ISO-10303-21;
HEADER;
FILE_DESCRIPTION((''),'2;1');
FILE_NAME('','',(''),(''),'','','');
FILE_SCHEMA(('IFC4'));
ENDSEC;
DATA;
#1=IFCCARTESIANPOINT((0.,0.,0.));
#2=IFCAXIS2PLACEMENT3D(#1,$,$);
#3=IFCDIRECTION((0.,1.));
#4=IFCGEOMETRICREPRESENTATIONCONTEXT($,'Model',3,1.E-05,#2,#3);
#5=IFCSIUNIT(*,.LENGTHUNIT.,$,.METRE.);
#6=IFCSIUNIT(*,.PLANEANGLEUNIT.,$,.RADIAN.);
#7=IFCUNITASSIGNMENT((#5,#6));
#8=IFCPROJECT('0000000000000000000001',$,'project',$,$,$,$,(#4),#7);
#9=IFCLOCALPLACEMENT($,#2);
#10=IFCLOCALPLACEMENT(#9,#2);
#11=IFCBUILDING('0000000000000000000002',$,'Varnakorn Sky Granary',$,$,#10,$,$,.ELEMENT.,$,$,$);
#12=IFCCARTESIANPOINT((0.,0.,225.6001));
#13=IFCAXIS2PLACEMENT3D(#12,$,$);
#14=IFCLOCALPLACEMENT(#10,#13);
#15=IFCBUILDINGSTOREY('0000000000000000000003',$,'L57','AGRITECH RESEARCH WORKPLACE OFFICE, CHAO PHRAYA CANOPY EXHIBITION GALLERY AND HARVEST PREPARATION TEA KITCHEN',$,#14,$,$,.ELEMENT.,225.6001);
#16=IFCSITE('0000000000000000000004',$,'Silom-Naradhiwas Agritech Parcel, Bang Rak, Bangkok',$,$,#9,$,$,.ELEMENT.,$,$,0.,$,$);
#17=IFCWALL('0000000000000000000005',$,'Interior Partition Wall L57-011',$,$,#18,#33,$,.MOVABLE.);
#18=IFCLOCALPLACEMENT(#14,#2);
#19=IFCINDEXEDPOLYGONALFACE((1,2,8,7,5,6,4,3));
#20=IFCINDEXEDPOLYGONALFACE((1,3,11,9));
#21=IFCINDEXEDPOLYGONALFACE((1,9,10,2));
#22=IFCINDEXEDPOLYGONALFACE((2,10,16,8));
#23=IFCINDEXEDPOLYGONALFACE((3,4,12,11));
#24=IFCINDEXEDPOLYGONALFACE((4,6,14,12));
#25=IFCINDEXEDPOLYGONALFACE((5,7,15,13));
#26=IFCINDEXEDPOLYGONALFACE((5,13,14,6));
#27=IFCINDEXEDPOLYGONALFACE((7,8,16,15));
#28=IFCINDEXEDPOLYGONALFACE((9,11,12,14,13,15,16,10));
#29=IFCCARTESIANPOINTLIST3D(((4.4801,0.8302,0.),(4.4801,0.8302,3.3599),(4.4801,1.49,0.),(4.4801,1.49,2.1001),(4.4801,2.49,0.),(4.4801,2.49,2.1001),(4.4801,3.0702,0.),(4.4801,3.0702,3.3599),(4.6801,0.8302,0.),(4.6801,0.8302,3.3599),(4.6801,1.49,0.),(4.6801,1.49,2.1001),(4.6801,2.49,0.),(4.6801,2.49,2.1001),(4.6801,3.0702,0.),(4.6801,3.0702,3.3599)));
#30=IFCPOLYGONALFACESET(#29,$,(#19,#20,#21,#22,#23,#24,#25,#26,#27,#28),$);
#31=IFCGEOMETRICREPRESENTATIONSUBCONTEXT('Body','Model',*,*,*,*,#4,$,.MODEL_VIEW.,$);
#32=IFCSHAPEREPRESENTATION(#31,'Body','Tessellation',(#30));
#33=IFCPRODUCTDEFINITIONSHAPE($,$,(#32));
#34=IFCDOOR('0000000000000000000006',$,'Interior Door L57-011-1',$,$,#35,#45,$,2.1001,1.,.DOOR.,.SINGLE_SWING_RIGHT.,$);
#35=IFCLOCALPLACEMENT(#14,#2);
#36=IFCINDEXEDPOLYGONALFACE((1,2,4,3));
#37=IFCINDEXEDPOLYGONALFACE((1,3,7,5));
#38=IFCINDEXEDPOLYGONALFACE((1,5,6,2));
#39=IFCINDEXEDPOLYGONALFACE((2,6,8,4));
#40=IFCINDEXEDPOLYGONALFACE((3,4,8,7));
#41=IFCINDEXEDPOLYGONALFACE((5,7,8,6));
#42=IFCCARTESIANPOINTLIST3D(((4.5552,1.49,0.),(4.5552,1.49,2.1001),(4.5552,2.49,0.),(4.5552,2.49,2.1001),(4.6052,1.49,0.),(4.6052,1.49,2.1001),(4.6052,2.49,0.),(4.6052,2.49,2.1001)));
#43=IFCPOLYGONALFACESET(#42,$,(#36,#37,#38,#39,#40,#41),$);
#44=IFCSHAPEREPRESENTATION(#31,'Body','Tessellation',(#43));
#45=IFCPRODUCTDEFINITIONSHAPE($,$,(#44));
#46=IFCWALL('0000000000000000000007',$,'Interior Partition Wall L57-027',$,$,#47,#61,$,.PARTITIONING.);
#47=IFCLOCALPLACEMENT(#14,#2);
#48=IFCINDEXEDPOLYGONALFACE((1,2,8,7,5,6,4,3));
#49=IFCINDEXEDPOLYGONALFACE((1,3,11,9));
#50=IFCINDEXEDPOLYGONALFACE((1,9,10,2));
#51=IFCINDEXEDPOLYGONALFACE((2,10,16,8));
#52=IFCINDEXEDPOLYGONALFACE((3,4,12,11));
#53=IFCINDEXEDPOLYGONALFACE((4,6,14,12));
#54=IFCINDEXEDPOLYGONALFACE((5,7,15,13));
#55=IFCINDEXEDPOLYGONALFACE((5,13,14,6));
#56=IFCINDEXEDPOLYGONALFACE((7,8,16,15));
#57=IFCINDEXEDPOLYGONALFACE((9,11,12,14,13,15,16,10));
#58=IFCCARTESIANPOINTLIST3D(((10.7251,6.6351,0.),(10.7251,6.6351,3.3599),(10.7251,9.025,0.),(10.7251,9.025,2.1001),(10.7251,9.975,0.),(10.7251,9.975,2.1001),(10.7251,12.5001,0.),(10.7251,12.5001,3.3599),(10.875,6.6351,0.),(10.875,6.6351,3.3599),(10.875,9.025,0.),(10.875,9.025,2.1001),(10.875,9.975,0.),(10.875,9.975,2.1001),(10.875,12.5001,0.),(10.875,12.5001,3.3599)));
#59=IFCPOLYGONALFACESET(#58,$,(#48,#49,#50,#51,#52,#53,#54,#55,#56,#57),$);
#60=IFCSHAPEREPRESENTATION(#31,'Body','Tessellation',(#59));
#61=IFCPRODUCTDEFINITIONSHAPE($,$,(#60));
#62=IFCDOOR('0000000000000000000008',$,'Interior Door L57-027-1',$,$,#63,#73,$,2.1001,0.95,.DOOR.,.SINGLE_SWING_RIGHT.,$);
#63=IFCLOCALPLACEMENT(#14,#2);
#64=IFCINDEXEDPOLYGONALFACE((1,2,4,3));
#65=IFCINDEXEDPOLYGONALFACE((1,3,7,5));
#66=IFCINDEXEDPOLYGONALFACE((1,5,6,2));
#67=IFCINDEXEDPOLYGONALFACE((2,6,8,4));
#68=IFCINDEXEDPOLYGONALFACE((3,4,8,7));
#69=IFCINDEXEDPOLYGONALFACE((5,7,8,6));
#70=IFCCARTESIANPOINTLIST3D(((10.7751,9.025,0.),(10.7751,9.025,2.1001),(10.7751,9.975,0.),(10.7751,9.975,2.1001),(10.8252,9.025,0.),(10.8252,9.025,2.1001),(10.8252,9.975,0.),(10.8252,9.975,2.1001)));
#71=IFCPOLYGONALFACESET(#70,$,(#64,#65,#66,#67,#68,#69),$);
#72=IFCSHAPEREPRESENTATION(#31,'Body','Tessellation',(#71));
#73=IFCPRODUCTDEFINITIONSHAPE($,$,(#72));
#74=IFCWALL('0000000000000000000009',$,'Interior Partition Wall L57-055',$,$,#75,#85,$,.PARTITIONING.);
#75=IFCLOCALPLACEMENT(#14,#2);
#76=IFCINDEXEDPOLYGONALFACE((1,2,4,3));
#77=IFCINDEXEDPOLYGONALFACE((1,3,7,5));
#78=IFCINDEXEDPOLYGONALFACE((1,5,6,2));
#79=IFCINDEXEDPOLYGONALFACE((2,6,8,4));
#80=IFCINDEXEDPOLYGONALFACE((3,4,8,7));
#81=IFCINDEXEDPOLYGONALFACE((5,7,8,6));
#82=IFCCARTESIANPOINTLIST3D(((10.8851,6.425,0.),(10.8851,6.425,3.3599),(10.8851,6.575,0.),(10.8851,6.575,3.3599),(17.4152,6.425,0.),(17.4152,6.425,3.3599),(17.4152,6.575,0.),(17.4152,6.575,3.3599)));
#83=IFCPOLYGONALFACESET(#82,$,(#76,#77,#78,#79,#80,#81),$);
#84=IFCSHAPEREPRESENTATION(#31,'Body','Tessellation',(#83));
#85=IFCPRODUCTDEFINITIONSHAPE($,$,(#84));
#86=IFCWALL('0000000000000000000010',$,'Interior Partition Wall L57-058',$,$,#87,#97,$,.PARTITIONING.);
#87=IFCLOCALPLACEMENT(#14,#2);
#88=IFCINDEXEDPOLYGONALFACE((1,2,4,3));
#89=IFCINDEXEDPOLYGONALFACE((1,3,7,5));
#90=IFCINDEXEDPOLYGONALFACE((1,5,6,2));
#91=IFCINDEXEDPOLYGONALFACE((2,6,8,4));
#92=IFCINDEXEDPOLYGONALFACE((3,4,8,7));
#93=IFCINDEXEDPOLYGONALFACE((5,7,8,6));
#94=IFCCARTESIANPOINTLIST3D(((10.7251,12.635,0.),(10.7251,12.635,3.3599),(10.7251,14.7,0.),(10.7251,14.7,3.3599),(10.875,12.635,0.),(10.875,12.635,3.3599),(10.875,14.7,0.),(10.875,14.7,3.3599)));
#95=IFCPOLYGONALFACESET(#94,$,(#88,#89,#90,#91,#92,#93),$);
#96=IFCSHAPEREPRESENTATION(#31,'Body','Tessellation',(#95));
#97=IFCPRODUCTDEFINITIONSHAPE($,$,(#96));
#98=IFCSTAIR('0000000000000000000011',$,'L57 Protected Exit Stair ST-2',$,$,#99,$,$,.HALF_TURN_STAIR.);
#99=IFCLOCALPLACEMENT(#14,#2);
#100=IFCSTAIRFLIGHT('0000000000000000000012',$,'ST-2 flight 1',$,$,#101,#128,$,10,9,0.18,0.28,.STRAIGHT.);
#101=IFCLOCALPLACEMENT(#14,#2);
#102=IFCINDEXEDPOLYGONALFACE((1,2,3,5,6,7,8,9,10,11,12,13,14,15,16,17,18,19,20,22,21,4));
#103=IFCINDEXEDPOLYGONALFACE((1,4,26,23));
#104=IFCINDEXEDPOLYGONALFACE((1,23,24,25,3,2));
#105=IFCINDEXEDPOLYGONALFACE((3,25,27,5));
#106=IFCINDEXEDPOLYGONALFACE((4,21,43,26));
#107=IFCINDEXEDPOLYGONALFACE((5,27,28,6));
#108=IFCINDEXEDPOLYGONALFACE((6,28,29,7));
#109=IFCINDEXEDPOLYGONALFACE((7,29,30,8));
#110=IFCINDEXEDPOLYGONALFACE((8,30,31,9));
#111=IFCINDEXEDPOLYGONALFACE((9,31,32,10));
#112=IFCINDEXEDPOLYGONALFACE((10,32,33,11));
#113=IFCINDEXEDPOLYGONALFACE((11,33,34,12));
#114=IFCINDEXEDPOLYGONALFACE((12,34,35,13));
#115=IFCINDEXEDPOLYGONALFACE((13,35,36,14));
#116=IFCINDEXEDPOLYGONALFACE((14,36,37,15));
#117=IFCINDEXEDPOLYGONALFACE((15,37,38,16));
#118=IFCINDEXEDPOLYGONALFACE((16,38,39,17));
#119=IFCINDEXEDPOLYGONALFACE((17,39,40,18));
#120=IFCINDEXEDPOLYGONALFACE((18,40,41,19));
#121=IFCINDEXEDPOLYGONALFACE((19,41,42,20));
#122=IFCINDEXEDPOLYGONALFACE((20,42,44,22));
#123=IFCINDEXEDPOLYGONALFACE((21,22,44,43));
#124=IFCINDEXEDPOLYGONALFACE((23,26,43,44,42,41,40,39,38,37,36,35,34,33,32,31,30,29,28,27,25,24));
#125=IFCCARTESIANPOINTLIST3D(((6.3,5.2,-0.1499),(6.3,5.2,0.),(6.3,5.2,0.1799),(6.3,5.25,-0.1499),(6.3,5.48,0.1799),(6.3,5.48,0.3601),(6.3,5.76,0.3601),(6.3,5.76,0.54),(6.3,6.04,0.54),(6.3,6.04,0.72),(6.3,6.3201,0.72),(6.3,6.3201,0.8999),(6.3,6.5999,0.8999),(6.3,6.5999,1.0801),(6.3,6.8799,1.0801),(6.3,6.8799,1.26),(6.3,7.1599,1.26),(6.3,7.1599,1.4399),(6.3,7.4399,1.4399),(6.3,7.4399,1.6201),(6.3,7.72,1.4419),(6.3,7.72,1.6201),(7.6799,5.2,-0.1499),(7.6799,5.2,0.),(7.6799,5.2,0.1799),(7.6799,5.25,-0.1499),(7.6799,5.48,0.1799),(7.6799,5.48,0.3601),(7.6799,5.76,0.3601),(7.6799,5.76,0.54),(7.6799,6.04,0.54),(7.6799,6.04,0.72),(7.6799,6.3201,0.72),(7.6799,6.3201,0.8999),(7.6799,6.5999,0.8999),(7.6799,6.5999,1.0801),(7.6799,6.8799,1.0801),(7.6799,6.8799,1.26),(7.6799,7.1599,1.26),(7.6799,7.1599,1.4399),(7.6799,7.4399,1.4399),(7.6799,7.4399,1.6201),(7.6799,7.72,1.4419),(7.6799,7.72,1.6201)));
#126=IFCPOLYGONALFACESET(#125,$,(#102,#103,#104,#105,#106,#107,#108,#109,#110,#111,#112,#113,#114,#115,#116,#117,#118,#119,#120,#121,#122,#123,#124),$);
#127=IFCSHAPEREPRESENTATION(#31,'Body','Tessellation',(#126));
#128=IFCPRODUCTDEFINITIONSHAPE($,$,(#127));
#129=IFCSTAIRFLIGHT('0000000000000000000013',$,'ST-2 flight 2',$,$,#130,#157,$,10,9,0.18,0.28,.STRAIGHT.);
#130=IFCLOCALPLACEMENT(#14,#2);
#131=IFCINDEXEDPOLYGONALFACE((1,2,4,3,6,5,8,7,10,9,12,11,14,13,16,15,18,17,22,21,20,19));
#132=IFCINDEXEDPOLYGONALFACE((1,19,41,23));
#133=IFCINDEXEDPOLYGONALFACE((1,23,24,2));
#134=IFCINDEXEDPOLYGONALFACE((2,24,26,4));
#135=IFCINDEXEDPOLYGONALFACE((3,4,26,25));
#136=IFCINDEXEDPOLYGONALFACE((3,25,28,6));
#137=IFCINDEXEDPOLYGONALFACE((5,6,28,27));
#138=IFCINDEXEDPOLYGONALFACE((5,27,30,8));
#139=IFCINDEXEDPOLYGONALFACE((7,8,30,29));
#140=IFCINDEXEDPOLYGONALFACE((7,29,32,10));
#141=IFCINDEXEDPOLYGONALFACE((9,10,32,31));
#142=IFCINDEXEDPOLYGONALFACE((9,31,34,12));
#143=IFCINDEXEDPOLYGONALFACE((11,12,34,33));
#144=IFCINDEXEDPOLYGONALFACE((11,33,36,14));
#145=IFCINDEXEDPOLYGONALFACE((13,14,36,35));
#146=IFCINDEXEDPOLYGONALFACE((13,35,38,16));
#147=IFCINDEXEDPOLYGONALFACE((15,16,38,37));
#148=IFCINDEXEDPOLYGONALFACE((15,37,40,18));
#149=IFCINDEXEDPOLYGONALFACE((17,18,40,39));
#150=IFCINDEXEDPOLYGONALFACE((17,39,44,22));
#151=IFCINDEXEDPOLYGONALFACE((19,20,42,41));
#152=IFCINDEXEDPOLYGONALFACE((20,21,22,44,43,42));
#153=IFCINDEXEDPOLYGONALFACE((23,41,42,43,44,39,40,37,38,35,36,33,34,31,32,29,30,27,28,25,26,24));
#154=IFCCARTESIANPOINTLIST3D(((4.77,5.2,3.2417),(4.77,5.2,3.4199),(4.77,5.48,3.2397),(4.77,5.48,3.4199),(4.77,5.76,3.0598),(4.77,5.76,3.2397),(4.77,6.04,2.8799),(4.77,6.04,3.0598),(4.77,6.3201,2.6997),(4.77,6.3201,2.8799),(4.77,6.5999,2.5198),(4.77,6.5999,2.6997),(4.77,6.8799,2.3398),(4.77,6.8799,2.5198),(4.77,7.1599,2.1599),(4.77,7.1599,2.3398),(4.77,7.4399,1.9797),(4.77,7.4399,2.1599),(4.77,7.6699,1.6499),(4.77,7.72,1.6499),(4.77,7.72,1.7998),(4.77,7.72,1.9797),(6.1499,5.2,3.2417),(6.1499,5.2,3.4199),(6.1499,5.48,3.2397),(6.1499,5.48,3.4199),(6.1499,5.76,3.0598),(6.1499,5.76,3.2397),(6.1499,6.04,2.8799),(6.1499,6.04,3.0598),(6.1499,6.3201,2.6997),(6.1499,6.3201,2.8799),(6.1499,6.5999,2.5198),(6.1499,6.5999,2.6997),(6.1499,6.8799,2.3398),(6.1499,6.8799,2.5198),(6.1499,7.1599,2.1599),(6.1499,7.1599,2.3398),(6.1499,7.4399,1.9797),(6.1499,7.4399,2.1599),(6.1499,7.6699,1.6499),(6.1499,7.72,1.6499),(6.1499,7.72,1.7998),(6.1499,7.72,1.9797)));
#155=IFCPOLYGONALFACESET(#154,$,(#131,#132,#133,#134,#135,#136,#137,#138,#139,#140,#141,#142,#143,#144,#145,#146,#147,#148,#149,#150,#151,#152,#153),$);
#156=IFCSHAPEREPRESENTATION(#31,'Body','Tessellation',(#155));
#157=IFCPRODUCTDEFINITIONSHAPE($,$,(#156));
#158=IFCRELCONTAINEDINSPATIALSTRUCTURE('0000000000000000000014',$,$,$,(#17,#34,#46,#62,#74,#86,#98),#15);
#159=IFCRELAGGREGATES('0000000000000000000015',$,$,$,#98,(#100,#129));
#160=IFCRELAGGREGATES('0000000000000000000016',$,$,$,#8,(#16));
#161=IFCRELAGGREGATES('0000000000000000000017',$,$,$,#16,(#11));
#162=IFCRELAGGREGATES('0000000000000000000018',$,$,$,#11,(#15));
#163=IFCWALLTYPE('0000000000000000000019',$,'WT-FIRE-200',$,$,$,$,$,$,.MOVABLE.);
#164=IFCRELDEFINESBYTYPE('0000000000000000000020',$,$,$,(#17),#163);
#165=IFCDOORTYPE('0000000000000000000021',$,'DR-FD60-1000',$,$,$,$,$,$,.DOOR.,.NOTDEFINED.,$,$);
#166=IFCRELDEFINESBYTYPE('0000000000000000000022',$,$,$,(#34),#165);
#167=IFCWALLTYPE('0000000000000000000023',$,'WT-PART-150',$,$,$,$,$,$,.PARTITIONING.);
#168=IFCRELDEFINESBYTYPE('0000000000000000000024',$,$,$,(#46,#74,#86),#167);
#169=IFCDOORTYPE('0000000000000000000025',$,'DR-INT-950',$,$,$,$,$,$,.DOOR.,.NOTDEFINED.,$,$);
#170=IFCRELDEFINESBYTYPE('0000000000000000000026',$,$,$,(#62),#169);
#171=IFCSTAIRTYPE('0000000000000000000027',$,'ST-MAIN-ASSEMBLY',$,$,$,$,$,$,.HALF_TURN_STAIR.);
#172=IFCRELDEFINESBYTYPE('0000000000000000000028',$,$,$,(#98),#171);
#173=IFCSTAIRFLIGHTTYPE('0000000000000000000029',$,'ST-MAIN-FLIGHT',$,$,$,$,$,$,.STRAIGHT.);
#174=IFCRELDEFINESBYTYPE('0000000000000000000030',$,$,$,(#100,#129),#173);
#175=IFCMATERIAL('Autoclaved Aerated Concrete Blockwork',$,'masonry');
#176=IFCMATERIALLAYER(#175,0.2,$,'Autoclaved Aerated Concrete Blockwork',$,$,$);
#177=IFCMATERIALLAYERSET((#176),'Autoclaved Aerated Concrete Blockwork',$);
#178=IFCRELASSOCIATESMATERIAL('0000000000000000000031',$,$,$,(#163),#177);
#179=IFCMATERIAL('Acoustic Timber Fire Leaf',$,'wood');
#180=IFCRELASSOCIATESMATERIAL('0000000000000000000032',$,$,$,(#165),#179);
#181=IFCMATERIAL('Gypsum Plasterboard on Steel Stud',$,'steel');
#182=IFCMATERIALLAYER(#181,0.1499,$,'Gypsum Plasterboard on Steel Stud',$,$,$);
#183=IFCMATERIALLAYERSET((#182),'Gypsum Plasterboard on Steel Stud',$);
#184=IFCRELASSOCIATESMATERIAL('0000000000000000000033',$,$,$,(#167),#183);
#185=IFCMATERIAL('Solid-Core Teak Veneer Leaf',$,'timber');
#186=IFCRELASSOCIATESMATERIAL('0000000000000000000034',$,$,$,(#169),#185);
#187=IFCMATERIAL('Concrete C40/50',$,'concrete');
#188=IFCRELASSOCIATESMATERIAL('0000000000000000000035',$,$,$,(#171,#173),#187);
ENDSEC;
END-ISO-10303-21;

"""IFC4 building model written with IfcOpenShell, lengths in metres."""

from ifc_helpers import new_model, si_unit, direction, frame, frame_2d, origin, place, context, subcontext, project, spatial, polyline, rectangle, outline, extrude, material, layer, layer_set, type_object, element, fill, aggregate, save


model = new_model("IFC4")

# Units and contexts
model_context = context("Model", 3, precision=1e-05, world=origin(), true_north=direction((0.0, 1.0)))
body_context = subcontext(model_context, "Body", "Model", "MODEL_VIEW")
ifc_project = project(units=[si_unit("LENGTHUNIT", "METRE"), si_unit("PLANEANGLEUNIT", "RADIAN")], contexts=[model_context])

# Site, building, storey
site_placement = place(None, origin())
site = spatial("IfcSite", under=ifc_project, at=site_placement, Name="Silom-Naradhiwas Agritech Parcel, Bang Rak, Bangkok", CompositionType="ELEMENT", RefElevation=0.0)
building_placement = place(site_placement, origin())
building = spatial("IfcBuilding", under=site, at=building_placement, Name="Varnakorn Sky Granary", CompositionType="ELEMENT")
storey_placement = place(building_placement, frame((0.0, 0.0, 225.6001)))
storey = spatial("IfcBuildingStorey", under=building, at=storey_placement, Name="L57", Description="AGRITECH RESEARCH WORKPLACE OFFICE, CHAO PHRAYA CANOPY EXHIBITION GALLERY AND HARVEST PREPARATION TEA KITCHEN", CompositionType="ELEMENT", Elevation=225.6001)

# Walls, openings, doors
ifc_material_1 = material(Name="Autoclaved Aerated Concrete Blockwork", Category="masonry")
ifc_layer_1 = layer(ifc_material_1, 0.2, Name="Autoclaved Aerated Concrete Blockwork")
ifc_layer_set_1 = layer_set([ifc_layer_1], Name="Autoclaved Aerated Concrete Blockwork")
wall_type_1 = type_object("IfcWallType", Name="WT-FIRE-200", PredefinedType="MOVABLE", material=ifc_layer_set_1)
wall_1_placement = place(storey_placement, frame((4.5801, 0.8301, 0.0), z_axis=(0.0, 0.0, 1.0), x_axis=(0.0, 1.0, 0.0)))
wall_1 = element("IfcWall", 1, at=wall_1_placement, inside=storey, type_object=wall_type_1, Name="Interior Partition Wall L57-011", PredefinedType="MOVABLE", context=body_context, shape_type="SweptSolid", body=[
    extrude(rectangle(XDim=2.24, YDim=0.2, at=frame_2d((1.1201, 0.0))), origin(), (0.0, 0.0, 1.0), 3.3599),
])
opening_1_placement = place(wall_1_placement, frame((0.6599, 0.0, 0.0)))
opening_1 = element("IfcOpeningElement", 2, at=opening_1_placement, cuts=wall_1, PredefinedType="OPENING", context=body_context, shape_type="SweptSolid", body=[
    extrude(rectangle(XDim=1.0, YDim=2.1001, at=frame_2d((0.5, 1.05))), frame((0.0, 0.1099, 0.0), z_axis=(0.0, -1.0, 0.0), x_axis=(1.0, 0.0, 0.0)), (0.0, 0.0, 1.0), 0.22),
])
ifc_material_2 = material(Name="Acoustic Timber Fire Leaf", Category="wood")
door_type_1 = type_object("IfcDoorType", Name="DR-FD60-1000", OperationType="NOTDEFINED", PredefinedType="DOOR", material=ifc_material_2)
door_1_placement = place(opening_1_placement, origin())
door_1 = element("IfcDoor", 3, at=door_1_placement, inside=storey, type_object=door_type_1, Name="Interior Door L57-011-1", OperationType="SINGLE_SWING_RIGHT", OverallHeight=2.1001, OverallWidth=1.0, PredefinedType="DOOR", context=body_context, shape_type="SweptSolid", body=[
    extrude(rectangle(XDim=1.0, YDim=2.1001, at=frame_2d((0.5, 1.05))), frame((0.0, 0.0249, 0.0), z_axis=(0.0, -1.0, 0.0), x_axis=(1.0, 0.0, 0.0)), (0.0, 0.0, 1.0), 0.05),
])
fill(opening_1, door_1)
ifc_material_3 = material(Name="Gypsum Plasterboard on Steel Stud", Category="steel")
ifc_layer_2 = layer(ifc_material_3, 0.1499, Name="Gypsum Plasterboard on Steel Stud")
ifc_layer_set_2 = layer_set([ifc_layer_2], Name="Gypsum Plasterboard on Steel Stud")
wall_type_2 = type_object("IfcWallType", Name="WT-PART-150", PredefinedType="PARTITIONING", material=ifc_layer_set_2)
wall_2_placement = place(storey_placement, frame((10.8, 6.635, 0.0), z_axis=(0.0, 0.0, 1.0), x_axis=(0.0, 1.0, 0.0)))
wall_2 = element("IfcWall", 4, at=wall_2_placement, inside=storey, type_object=wall_type_2, Name="Interior Partition Wall L57-027", PredefinedType="PARTITIONING", context=body_context, shape_type="SweptSolid", body=[
    extrude(rectangle(XDim=5.865, YDim=0.1499, at=frame_2d((2.9326, 0.0))), origin(), (0.0, 0.0, 1.0), 3.3599),
])
opening_2_placement = place(wall_2_placement, frame((2.3899, 0.0, 0.0)))
opening_2 = element("IfcOpeningElement", 5, at=opening_2_placement, cuts=wall_2, PredefinedType="OPENING", context=body_context, shape_type="SweptSolid", body=[
    extrude(rectangle(XDim=0.95, YDim=2.1001, at=frame_2d((0.4751, 1.05))), frame((0.0, 0.085, 0.0), z_axis=(0.0, -1.0, 0.0), x_axis=(1.0, 0.0, 0.0)), (0.0, 0.0, 1.0), 0.1699),
])
ifc_material_4 = material(Name="Solid-Core Teak Veneer Leaf", Category="timber")
door_type_2 = type_object("IfcDoorType", Name="DR-INT-950", OperationType="NOTDEFINED", PredefinedType="DOOR", material=ifc_material_4)
door_2_placement = place(opening_2_placement, origin())
door_2 = element("IfcDoor", 6, at=door_2_placement, inside=storey, type_object=door_type_2, Name="Interior Door L57-027-1", OperationType="SINGLE_SWING_RIGHT", OverallHeight=2.1001, OverallWidth=0.95, PredefinedType="DOOR", context=body_context, shape_type="SweptSolid", body=[
    extrude(rectangle(XDim=0.95, YDim=2.1001, at=frame_2d((0.4751, 1.05))), frame((0.0, 0.0249, 0.0), z_axis=(0.0, -1.0, 0.0), x_axis=(1.0, 0.0, 0.0)), (0.0, 0.0, 1.0), 0.05),
])
fill(opening_2, door_2)

# Walls
wall_3_placement = place(storey_placement, frame((10.885, 6.5, 0.0), z_axis=(0.0, 0.0, 1.0), x_axis=(1.0, 0.0, 0.0)))
element("IfcWall", 7, at=wall_3_placement, inside=storey, type_object=wall_type_2, Name="Interior Partition Wall L57-055", PredefinedType="PARTITIONING", context=body_context, shape_type="SweptSolid", body=[
    extrude(rectangle(XDim=6.53, YDim=0.1499, at=frame_2d((3.2651, 0.0))), origin(), (0.0, 0.0, 1.0), 3.3599),
])
wall_4_placement = place(storey_placement, frame((10.8, 12.635, 0.0), z_axis=(0.0, 0.0, 1.0), x_axis=(0.0, 1.0, 0.0)))
element("IfcWall", 8, at=wall_4_placement, inside=storey, type_object=wall_type_2, Name="Interior Partition Wall L57-058", PredefinedType="PARTITIONING", context=body_context, shape_type="SweptSolid", body=[
    extrude(rectangle(XDim=2.0649, YDim=0.1499, at=frame_2d((1.0325, 0.0))), origin(), (0.0, 0.0, 1.0), 3.3599),
])

# Stair, stair flights
ifc_material_5 = material(Name="Concrete C40/50", Category="concrete")
stair_type = type_object("IfcStairType", Name="ST-MAIN-ASSEMBLY", PredefinedType="HALF_TURN_STAIR", material=ifc_material_5)
stair_placement = place(storey_placement, origin())
stair = element("IfcStair", 9, at=stair_placement, inside=storey, type_object=stair_type, Name="L57 Protected Exit Stair ST-2", PredefinedType="HALF_TURN_STAIR")
stair_flight_type = type_object("IfcStairFlightType", Name="ST-MAIN-FLIGHT", PredefinedType="STRAIGHT", material=ifc_material_5)
stair_flight_1_placement = place(storey_placement, frame((6.99, 5.2, 0.0), z_axis=(0.0, 0.0, 1.0), x_axis=(0.0, 1.0, 0.0)))
stair_flight_1 = element("IfcStairFlight", 10, at=stair_flight_1_placement, type_object=stair_flight_type, Name="ST-2 flight 1", NumberOfRisers=10, NumberOfTreads=9, PredefinedType="STRAIGHT", RiserHeight=0.18, TreadLength=0.28, context=body_context, shape_type="SweptSolid", body=[
    extrude(outline(polyline([(0.0, -0.1499), (0.0, 0.0), (0.0, 0.1799), (0.28, 0.1799), (0.28, 0.3601), (0.5601, 0.3601), (0.5601, 0.54), (0.8401, 0.54), (0.8401, 0.72), (1.1201, 0.72), (1.1201, 0.8999), (1.3999, 0.8999), (1.3999, 1.0801), (1.6799, 1.0801), (1.6799, 1.26), (1.96, 1.26), (1.96, 1.4399), (2.24, 1.4399), (2.24, 1.6201), (2.52, 1.6201), (2.52, 1.8), (2.52, 1.4419), (0.05, -0.1499), (0.0, -0.1499)])), frame((0.0, 0.6899, 0.0), z_axis=(0.0, -1.0, 0.0), x_axis=(1.0, 0.0, 0.0)), (0.0, 0.0, 1.0), 1.3799),
])
stair_flight_2_placement = place(storey_placement, frame((5.46, 7.72, 1.7998), z_axis=(0.0, 0.0, 1.0), x_axis=(0.0, -1.0, 0.0)))
stair_flight_2 = element("IfcStairFlight", 11, at=stair_flight_2_placement, type_object=stair_flight_type, Name="ST-2 flight 2", NumberOfRisers=10, NumberOfTreads=9, PredefinedType="STRAIGHT", RiserHeight=0.18, TreadLength=0.28, context=body_context, shape_type="SweptSolid", body=[
    extrude(outline(polyline([(0.0, -0.1499), (0.0, 0.0), (0.0, 0.1799), (0.28, 0.1799), (0.28, 0.3601), (0.5601, 0.3601), (0.5601, 0.54), (0.8401, 0.54), (0.8401, 0.72), (1.1201, 0.72), (1.1201, 0.8999), (1.3999, 0.8999), (1.3999, 1.0801), (1.6799, 1.0801), (1.6799, 1.26), (1.96, 1.26), (1.96, 1.4399), (2.24, 1.4399), (2.24, 1.6201), (2.52, 1.6201), (2.52, 1.8), (2.52, 1.4419), (0.05, -0.1499), (0.0, -0.1499)])), frame((0.0, 0.6899, 0.0), z_axis=(0.0, -1.0, 0.0), x_axis=(1.0, 0.0, 0.0)), (0.0, 0.0, 1.0), 1.3799),
])
aggregate(stair, [stair_flight_1, stair_flight_2])

save(model, "model.ifc")
